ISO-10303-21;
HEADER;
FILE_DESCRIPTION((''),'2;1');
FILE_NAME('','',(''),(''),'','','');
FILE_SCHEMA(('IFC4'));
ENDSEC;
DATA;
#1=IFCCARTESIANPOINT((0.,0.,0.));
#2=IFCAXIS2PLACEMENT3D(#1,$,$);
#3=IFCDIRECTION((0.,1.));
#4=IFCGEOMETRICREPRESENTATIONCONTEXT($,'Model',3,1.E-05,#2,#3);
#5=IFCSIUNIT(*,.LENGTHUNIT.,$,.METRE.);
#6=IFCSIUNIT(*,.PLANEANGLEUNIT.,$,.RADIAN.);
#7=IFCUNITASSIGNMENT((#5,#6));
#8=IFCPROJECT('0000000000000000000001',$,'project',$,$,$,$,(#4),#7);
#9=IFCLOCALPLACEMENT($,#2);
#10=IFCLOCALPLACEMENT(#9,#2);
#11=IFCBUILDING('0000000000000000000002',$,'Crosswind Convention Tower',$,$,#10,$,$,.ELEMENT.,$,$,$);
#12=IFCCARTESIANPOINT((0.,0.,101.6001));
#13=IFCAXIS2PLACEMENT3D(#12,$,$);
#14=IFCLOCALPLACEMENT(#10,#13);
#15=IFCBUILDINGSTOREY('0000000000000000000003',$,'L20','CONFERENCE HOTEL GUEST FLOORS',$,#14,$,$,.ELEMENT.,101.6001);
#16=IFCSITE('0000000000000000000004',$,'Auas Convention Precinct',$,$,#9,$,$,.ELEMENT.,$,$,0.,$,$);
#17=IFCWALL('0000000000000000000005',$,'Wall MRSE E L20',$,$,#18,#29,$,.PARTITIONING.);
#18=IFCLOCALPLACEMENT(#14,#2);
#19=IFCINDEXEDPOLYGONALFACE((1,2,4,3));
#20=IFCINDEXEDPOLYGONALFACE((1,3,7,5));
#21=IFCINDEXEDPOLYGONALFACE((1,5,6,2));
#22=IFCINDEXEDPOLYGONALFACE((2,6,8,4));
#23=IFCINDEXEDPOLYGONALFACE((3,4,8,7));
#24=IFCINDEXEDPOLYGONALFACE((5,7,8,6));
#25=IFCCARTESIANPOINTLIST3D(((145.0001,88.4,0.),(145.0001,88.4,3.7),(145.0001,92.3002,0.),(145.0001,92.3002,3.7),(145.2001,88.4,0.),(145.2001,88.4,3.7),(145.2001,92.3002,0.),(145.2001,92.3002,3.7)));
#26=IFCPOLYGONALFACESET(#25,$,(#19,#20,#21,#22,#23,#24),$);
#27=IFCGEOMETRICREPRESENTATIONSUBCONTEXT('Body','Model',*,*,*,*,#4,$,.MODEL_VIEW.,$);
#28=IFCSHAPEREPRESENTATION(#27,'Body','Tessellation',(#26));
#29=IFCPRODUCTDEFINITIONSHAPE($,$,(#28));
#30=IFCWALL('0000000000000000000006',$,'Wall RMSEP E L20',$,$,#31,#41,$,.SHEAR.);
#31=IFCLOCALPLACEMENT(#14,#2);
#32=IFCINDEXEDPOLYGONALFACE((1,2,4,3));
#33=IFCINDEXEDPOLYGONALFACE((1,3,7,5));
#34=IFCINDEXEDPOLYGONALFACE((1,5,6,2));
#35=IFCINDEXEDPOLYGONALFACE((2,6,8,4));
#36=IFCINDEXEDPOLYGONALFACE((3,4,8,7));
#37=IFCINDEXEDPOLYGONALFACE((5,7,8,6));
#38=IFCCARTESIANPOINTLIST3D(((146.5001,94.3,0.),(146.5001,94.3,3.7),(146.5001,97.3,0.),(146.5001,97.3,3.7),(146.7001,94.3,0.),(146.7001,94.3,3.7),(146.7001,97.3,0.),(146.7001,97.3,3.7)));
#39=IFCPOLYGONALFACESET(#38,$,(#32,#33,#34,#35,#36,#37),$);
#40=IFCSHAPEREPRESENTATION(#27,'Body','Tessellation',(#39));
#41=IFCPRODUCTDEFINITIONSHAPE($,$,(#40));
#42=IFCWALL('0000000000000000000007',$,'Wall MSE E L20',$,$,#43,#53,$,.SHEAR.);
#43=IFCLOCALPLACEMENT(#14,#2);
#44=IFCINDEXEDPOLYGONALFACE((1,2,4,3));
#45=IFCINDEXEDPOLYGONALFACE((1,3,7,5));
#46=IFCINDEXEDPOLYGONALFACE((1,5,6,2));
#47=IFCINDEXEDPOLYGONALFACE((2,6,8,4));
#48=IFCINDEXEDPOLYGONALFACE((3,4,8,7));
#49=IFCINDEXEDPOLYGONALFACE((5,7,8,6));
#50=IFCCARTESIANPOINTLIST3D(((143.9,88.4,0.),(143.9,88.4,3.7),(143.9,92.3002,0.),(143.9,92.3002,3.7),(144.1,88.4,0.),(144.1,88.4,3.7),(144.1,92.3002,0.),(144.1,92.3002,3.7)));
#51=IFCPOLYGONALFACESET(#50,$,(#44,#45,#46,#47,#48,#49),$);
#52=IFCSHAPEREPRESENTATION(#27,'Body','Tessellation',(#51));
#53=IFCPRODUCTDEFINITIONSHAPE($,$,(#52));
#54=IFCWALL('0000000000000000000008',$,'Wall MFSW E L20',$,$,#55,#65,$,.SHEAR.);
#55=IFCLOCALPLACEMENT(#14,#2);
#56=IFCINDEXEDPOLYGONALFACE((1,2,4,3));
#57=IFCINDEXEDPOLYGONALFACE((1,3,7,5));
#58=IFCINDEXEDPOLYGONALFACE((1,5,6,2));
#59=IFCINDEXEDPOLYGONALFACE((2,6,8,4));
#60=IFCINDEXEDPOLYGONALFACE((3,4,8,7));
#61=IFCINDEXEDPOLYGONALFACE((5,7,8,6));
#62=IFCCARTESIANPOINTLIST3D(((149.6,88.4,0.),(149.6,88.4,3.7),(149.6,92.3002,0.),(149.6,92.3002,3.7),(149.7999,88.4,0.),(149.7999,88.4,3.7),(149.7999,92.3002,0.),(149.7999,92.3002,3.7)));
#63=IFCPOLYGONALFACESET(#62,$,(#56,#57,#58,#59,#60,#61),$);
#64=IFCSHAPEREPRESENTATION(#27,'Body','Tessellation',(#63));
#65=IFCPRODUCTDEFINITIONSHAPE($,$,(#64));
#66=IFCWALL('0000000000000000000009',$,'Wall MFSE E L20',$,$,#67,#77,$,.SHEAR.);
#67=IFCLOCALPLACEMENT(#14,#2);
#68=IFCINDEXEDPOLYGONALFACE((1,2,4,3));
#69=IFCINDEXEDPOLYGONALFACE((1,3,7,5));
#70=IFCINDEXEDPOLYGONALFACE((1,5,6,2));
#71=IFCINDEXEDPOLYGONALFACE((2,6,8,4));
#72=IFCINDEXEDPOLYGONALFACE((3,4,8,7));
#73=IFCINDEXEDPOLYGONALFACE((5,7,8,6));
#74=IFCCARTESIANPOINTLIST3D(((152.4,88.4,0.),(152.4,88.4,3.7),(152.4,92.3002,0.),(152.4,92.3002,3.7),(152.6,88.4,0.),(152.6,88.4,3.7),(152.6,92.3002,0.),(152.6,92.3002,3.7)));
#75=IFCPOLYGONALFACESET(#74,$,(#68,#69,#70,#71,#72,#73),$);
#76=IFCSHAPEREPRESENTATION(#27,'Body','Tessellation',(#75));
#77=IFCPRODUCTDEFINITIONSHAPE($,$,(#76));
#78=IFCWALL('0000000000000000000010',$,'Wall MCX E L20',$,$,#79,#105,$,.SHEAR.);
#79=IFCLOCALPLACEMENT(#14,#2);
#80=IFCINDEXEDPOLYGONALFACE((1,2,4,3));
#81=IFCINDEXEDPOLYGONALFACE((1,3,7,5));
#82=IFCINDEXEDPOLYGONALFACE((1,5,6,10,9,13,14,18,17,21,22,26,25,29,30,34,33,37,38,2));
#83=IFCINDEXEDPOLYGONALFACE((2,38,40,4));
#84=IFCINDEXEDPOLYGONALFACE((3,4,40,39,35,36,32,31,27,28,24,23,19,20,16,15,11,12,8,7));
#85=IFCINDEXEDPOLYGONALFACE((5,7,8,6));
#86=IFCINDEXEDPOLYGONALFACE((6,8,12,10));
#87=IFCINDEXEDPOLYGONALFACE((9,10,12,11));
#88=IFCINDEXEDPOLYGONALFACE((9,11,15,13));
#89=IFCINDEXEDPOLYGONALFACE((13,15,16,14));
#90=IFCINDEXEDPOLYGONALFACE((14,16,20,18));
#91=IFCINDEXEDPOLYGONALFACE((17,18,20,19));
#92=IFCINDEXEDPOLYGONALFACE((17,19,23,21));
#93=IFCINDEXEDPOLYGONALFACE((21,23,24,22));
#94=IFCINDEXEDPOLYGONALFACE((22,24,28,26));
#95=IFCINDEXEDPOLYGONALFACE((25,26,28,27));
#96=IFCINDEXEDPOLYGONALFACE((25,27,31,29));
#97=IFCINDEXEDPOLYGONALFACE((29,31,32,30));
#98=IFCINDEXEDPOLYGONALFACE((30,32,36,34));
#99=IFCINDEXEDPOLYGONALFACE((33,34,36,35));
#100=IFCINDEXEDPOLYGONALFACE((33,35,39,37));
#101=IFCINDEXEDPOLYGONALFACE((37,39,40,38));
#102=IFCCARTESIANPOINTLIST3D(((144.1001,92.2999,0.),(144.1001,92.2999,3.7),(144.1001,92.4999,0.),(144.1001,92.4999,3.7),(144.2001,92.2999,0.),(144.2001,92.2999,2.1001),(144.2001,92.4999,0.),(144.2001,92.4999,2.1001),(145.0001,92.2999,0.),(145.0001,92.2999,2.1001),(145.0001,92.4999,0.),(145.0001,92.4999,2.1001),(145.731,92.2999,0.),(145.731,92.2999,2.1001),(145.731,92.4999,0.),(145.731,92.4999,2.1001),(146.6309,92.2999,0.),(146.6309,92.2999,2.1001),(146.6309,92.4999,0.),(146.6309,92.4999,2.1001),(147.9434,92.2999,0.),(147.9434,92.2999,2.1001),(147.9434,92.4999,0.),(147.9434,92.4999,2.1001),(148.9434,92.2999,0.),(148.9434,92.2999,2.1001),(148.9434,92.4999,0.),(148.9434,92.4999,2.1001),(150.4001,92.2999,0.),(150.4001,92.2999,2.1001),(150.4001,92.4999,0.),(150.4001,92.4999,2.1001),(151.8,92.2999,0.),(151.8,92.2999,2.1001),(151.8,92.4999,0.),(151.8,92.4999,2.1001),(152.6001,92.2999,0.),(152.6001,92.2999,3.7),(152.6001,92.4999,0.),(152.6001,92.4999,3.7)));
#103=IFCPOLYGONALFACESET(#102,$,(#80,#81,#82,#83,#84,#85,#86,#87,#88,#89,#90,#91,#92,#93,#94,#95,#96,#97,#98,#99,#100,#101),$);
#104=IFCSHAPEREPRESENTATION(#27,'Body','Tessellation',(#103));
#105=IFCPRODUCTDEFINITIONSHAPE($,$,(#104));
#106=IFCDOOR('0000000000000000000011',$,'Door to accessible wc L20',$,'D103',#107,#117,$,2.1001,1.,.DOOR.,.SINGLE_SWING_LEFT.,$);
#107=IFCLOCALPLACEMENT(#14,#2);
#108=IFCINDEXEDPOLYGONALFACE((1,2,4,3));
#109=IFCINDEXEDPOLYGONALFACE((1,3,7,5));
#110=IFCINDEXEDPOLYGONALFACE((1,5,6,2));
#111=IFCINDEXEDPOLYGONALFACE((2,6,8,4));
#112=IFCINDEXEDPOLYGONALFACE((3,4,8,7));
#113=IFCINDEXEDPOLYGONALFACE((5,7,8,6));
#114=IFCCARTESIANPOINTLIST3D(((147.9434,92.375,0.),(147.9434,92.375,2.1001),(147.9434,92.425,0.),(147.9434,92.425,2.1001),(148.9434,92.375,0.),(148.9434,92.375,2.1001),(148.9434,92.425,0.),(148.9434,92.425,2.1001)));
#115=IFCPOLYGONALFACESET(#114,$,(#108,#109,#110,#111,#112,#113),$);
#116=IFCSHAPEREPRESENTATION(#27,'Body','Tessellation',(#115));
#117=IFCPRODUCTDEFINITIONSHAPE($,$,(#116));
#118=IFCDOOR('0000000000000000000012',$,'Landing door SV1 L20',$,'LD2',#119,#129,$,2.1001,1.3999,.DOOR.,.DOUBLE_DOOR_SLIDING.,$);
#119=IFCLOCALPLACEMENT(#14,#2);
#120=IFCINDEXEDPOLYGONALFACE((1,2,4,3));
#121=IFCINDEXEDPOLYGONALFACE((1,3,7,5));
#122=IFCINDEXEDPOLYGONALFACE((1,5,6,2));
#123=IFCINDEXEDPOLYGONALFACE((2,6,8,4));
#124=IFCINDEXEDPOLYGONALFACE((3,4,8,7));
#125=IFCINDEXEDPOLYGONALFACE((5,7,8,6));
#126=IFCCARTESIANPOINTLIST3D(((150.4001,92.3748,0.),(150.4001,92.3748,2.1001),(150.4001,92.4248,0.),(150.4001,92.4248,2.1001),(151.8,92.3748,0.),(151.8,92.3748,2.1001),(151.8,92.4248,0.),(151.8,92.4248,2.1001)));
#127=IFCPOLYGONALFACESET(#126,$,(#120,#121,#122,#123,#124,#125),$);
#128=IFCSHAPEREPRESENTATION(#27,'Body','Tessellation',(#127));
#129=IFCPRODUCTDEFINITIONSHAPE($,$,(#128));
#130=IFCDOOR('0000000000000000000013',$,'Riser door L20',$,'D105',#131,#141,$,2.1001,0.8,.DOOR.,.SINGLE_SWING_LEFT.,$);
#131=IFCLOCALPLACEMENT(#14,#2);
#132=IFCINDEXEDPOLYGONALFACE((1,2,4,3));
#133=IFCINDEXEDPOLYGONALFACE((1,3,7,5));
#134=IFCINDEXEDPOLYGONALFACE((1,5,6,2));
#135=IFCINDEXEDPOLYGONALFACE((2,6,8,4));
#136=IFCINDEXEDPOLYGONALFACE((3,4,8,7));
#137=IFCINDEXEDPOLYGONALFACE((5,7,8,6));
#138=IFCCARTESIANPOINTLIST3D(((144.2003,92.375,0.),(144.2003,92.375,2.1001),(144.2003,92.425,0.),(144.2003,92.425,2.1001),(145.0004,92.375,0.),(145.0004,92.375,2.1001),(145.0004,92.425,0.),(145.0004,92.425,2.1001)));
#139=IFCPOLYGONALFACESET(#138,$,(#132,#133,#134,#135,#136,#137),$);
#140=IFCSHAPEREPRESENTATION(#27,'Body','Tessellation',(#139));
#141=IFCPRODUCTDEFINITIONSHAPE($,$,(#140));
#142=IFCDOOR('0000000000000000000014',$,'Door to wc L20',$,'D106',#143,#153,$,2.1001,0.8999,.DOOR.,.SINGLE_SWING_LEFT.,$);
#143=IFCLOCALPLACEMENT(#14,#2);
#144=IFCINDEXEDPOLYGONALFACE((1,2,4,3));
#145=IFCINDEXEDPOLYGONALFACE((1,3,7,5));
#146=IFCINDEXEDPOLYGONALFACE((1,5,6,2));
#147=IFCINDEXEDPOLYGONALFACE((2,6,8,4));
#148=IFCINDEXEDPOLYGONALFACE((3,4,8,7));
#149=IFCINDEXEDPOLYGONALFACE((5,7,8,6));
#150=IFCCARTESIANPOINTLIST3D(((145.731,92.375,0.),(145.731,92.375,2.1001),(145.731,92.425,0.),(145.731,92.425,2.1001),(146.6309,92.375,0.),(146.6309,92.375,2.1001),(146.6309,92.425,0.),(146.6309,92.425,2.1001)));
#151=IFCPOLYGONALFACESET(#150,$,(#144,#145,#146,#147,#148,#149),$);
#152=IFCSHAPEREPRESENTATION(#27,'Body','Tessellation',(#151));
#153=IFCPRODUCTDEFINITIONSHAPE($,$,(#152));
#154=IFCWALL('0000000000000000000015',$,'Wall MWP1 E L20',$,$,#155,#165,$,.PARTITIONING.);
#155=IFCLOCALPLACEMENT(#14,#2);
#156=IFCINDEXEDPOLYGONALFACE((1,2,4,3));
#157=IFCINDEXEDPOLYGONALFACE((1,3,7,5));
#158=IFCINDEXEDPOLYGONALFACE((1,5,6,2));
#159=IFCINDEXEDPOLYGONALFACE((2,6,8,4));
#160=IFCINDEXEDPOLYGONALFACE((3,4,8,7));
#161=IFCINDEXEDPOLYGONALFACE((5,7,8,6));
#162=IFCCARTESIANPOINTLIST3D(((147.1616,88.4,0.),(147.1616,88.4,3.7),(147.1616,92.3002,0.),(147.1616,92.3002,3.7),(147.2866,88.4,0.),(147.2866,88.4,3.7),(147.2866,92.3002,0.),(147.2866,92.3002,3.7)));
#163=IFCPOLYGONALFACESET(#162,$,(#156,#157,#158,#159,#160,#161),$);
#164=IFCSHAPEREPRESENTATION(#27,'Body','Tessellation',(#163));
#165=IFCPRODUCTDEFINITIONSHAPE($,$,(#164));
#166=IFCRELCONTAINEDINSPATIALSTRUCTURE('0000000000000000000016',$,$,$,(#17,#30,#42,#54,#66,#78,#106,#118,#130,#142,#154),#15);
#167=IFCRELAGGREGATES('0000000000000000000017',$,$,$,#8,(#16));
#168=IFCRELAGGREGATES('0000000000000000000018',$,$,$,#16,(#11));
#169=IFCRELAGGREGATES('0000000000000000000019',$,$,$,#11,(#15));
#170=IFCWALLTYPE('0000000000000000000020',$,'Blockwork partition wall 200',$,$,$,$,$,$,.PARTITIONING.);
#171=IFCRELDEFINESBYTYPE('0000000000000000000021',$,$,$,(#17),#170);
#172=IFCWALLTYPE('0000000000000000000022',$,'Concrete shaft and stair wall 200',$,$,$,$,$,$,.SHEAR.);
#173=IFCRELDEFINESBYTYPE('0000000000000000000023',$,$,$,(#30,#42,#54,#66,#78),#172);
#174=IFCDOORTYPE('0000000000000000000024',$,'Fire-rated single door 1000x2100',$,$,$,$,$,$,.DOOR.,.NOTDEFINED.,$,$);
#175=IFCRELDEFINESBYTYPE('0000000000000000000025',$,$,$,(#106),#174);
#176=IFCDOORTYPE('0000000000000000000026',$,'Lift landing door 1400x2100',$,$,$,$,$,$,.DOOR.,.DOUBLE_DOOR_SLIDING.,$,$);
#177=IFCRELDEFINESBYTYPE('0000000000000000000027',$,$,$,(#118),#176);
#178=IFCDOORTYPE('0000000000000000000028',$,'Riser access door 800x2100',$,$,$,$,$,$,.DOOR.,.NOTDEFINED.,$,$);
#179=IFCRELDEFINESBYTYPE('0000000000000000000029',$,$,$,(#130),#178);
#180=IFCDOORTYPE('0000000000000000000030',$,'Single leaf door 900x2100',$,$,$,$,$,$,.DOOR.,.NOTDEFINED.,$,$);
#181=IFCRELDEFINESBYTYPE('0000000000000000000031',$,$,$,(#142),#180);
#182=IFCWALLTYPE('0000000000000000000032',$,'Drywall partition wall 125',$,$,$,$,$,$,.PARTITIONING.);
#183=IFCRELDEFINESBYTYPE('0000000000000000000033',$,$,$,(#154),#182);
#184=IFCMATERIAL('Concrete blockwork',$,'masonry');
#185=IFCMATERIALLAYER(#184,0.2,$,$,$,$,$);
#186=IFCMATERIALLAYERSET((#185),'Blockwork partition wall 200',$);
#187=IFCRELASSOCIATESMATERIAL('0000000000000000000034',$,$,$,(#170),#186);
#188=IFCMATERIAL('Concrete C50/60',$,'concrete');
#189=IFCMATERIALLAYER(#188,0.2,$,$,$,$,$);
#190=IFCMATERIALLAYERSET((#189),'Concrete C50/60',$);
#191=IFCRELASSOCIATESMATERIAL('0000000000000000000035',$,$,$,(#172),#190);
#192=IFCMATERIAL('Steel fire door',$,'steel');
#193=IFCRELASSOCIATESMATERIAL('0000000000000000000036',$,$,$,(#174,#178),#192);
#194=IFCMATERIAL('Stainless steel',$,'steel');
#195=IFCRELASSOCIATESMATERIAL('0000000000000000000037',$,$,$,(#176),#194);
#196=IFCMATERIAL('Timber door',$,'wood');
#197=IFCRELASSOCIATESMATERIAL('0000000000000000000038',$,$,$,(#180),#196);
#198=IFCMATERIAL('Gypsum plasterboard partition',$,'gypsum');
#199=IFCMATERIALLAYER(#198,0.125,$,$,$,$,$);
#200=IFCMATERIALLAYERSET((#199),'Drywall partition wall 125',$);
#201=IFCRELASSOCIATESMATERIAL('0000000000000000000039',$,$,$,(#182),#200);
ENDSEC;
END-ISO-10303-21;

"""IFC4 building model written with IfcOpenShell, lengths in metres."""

from ifc_helpers import new_model, si_unit, direction, frame, frame_2d, origin, place, context, subcontext, project, spatial, rectangle, extrude, material, layer, layer_set, type_object, element, fill, save


model = new_model("IFC4")

# Units and contexts
model_context = context("Model", 3, precision=1e-05, world=origin(), true_north=direction((0.0, 1.0)))
body_context = subcontext(model_context, "Body", "Model", "MODEL_VIEW")
ifc_project = project(units=[si_unit("LENGTHUNIT", "METRE"), si_unit("PLANEANGLEUNIT", "RADIAN")], contexts=[model_context])

# Site, building, storey
site_placement = place(None, origin())
site = spatial("IfcSite", under=ifc_project, at=site_placement, Name="Auas Convention Precinct", CompositionType="ELEMENT", RefElevation=0.0)
building_placement = place(site_placement, origin())
building = spatial("IfcBuilding", under=site, at=building_placement, Name="Crosswind Convention Tower", CompositionType="ELEMENT")
storey_placement = place(building_placement, frame((0.0, 0.0, 101.6001)))
storey = spatial("IfcBuildingStorey", under=building, at=storey_placement, Name="L20", Description="CONFERENCE HOTEL GUEST FLOORS", CompositionType="ELEMENT", Elevation=101.6001)

# Walls
ifc_material_1 = material(Name="Concrete blockwork", Category="masonry")
ifc_layer_1 = layer(ifc_material_1, 0.2)
ifc_layer_set_1 = layer_set([ifc_layer_1], Name="Blockwork partition wall 200")
wall_type_1 = type_object("IfcWallType", Name="Blockwork partition wall 200", PredefinedType="PARTITIONING", material=ifc_layer_set_1)
wall_1_placement = place(storey_placement, frame((145.1001, 88.3999, 0.0), z_axis=(0.0, 0.0, 1.0), x_axis=(0.0, 1.0, 0.0)))
element("IfcWall", 1, at=wall_1_placement, inside=storey, type_object=wall_type_1, Name="Wall MRSE E L20", PredefinedType="PARTITIONING", context=body_context, shape_type="SweptSolid", body=[
    extrude(rectangle(XDim=3.9001, YDim=0.2, at=frame_2d((1.9502, 0.0))), origin(), (0.0, 0.0, 1.0), 3.7),
])
ifc_material_2 = material(Name="Concrete C50/60", Category="concrete")
ifc_layer_2 = layer(ifc_material_2, 0.2)
ifc_layer_set_2 = layer_set([ifc_layer_2], Name="Concrete C50/60")
wall_type_2 = type_object("IfcWallType", Name="Concrete shaft and stair wall 200", PredefinedType="SHEAR", material=ifc_layer_set_2)
wall_2_placement = place(storey_placement, frame((146.6001, 94.3, 0.0), z_axis=(0.0, 0.0, 1.0), x_axis=(0.0, 1.0, 0.0)))
element("IfcWall", 2, at=wall_2_placement, inside=storey, type_object=wall_type_2, Name="Wall RMSEP E L20", PredefinedType="SHEAR", context=body_context, shape_type="SweptSolid", body=[
    extrude(rectangle(XDim=3.0, YDim=0.2, at=frame_2d((1.5, 0.0))), origin(), (0.0, 0.0, 1.0), 3.7),
])
for number, where, z_axis, x_axis, name in (
    (3, (144.0, 88.3999, 0.0), (0.0, 0.0, 1.0), (0.0, 1.0, 0.0), "Wall MSE E L20"),
    (4, (149.7, 88.3999, 0.0), (0.0, 0.0, 1.0), (0.0, 1.0, 0.0), "Wall MFSW E L20"),
    (5, (152.5, 88.3999, 0.0), (0.0, 0.0, 1.0), (0.0, 1.0, 0.0), "Wall MFSE E L20"),
):
    element("IfcWall", number, at=place(storey_placement, frame(where, z_axis=z_axis, x_axis=x_axis)), inside=storey, type_object=wall_type_2, Name=name, PredefinedType="SHEAR", context=body_context, shape_type="SweptSolid", body=[
        extrude(rectangle(XDim=3.9001, YDim=0.2, at=frame_2d((1.9502, 0.0))), origin(), (0.0, 0.0, 1.0), 3.7),
    ])

# Wall, openings, doors
wall_3_placement = place(storey_placement, frame((144.1001, 92.3999, 0.0), z_axis=(0.0, 0.0, 1.0), x_axis=(1.0, 0.0, 0.0)))
wall_3 = element("IfcWall", 6, at=wall_3_placement, inside=storey, type_object=wall_type_2, Name="Wall MCX E L20", PredefinedType="SHEAR", context=body_context, shape_type="SweptSolid", body=[
    extrude(rectangle(XDim=8.5, YDim=0.2, at=frame_2d((4.25, 0.0))), origin(), (0.0, 0.0, 1.0), 3.7),
])
opening_1_placement = place(wall_3_placement, frame((0.1001, 0.0, 0.0)))
opening_1 = element("IfcOpeningElement", 7, at=opening_1_placement, cuts=wall_3, PredefinedType="OPENING", context=body_context, shape_type="SweptSolid", body=[
    extrude(rectangle(XDim=0.8, YDim=2.1001, at=frame_2d((0.3999, 1.05))), frame((0.0, 0.1099, 0.0), z_axis=(0.0, -1.0, 0.0), x_axis=(1.0, 0.0, 0.0)), (0.0, 0.0, 1.0), 0.22),
])
opening_2_placement = place(wall_3_placement, frame((1.6309, 0.0, 0.0)))
opening_2 = element("IfcOpeningElement", 8, at=opening_2_placement, cuts=wall_3, PredefinedType="OPENING", context=body_context, shape_type="SweptSolid", body=[
    extrude(rectangle(XDim=0.8999, YDim=2.1001, at=frame_2d((0.45, 1.05))), frame((0.0, 0.1099, 0.0), z_axis=(0.0, -1.0, 0.0), x_axis=(1.0, 0.0, 0.0)), (0.0, 0.0, 1.0), 0.22),
])
opening_3_placement = place(wall_3_placement, frame((3.8433, 0.0, 0.0)))
opening_3 = element("IfcOpeningElement", 9, at=opening_3_placement, cuts=wall_3, PredefinedType="OPENING", context=body_context, shape_type="SweptSolid", body=[
    extrude(rectangle(XDim=1.0, YDim=2.1001, at=frame_2d((0.5, 1.05))), frame((0.0, 0.1099, 0.0), z_axis=(0.0, -1.0, 0.0), x_axis=(1.0, 0.0, 0.0)), (0.0, 0.0, 1.0), 0.22),
])
opening_4_placement = place(wall_3_placement, frame((6.3, 0.0, 0.0)))
opening_4 = element("IfcOpeningElement", 10, at=opening_4_placement, cuts=wall_3, PredefinedType="OPENING", context=body_context, shape_type="SweptSolid", body=[
    extrude(rectangle(XDim=1.3999, YDim=2.1001, at=frame_2d((0.7, 1.05))), frame((0.0, 0.1099, 0.0), z_axis=(0.0, -1.0, 0.0), x_axis=(1.0, 0.0, 0.0)), (0.0, 0.0, 1.0), 0.22),
])
ifc_material_3 = material(Name="Steel fire door", Category="steel")
door_type_1 = type_object("IfcDoorType", Name="Fire-rated single door 1000x2100", OperationType="NOTDEFINED", PredefinedType="DOOR", material=ifc_material_3)
door_1_placement = place(opening_3_placement, frame((1.0, 0.0, 0.0), z_axis=(0.0, 0.0, 1.0), x_axis=(-1.0, 0.0, 0.0)))
door_1 = element("IfcDoor", 11, at=door_1_placement, inside=storey, type_object=door_type_1, Name="Door to accessible wc L20", ObjectType="D103", OperationType="SINGLE_SWING_LEFT", OverallHeight=2.1001, OverallWidth=1.0, PredefinedType="DOOR", context=body_context, shape_type="SweptSolid", body=[
    extrude(rectangle(XDim=1.0, YDim=2.1001, at=frame_2d((0.5, 1.05))), frame((0.0, 0.0249, 0.0), z_axis=(0.0, -1.0, 0.0), x_axis=(1.0, 0.0, 0.0)), (0.0, 0.0, 1.0), 0.05),
])
fill(opening_3, door_1)
ifc_material_4 = material(Name="Stainless steel", Category="steel")
door_type_2 = type_object("IfcDoorType", Name="Lift landing door 1400x2100", OperationType="DOUBLE_DOOR_SLIDING", PredefinedType="DOOR", material=ifc_material_4)
door_2_placement = place(opening_4_placement, origin())
door_2 = element("IfcDoor", 12, at=door_2_placement, inside=storey, type_object=door_type_2, Name="Landing door SV1 L20", ObjectType="LD2", OperationType="DOUBLE_DOOR_SLIDING", OverallHeight=2.1001, OverallWidth=1.3999, PredefinedType="DOOR", context=body_context, shape_type="SweptSolid", body=[
    extrude(rectangle(XDim=1.3999, YDim=2.1001, at=frame_2d((0.7, 1.05))), frame((0.0, 0.0249, 0.0), z_axis=(0.0, -1.0, 0.0), x_axis=(1.0, 0.0, 0.0)), (0.0, 0.0, 1.0), 0.05),
])
fill(opening_4, door_2)
door_type_3 = type_object("IfcDoorType", Name="Riser access door 800x2100", OperationType="NOTDEFINED", PredefinedType="DOOR", material=ifc_material_3)
door_3_placement = place(opening_1_placement, frame((0.8, 0.0, 0.0), z_axis=(0.0, 0.0, 1.0), x_axis=(-1.0, 0.0, 0.0)))
door_3 = element("IfcDoor", 13, at=door_3_placement, inside=storey, type_object=door_type_3, Name="Riser door L20", ObjectType="D105", OperationType="SINGLE_SWING_LEFT", OverallHeight=2.1001, OverallWidth=0.8, PredefinedType="DOOR", context=body_context, shape_type="SweptSolid", body=[
    extrude(rectangle(XDim=0.8, YDim=2.1001, at=frame_2d((0.3999, 1.05))), frame((0.0, 0.0249, 0.0), z_axis=(0.0, -1.0, 0.0), x_axis=(1.0, 0.0, 0.0)), (0.0, 0.0, 1.0), 0.05),
])
fill(opening_1, door_3)
ifc_material_5 = material(Name="Timber door", Category="wood")
door_type_4 = type_object("IfcDoorType", Name="Single leaf door 900x2100", OperationType="NOTDEFINED", PredefinedType="DOOR", material=ifc_material_5)
door_4_placement = place(opening_2_placement, frame((0.8999, 0.0, 0.0), z_axis=(0.0, 0.0, 1.0), x_axis=(-1.0, 0.0, 0.0)))
door_4 = element("IfcDoor", 14, at=door_4_placement, inside=storey, type_object=door_type_4, Name="Door to wc L20", ObjectType="D106", OperationType="SINGLE_SWING_LEFT", OverallHeight=2.1001, OverallWidth=0.8999, PredefinedType="DOOR", context=body_context, shape_type="SweptSolid", body=[
    extrude(rectangle(XDim=0.8999, YDim=2.1001, at=frame_2d((0.45, 1.05))), frame((0.0, 0.0249, 0.0), z_axis=(0.0, -1.0, 0.0), x_axis=(1.0, 0.0, 0.0)), (0.0, 0.0, 1.0), 0.05),
])
fill(opening_2, door_4)

# Wall
ifc_material_6 = material(Name="Gypsum plasterboard partition", Category="gypsum")
ifc_layer_3 = layer(ifc_material_6, 0.125)
ifc_layer_set_3 = layer_set([ifc_layer_3], Name="Drywall partition wall 125")
wall_type_3 = type_object("IfcWallType", Name="Drywall partition wall 125", PredefinedType="PARTITIONING", material=ifc_layer_set_3)
wall_4_placement = place(storey_placement, frame((147.2241, 88.3999, 0.0), z_axis=(0.0, 0.0, 1.0), x_axis=(0.0, 1.0, 0.0)))
element("IfcWall", 15, at=wall_4_placement, inside=storey, type_object=wall_type_3, Name="Wall MWP1 E L20", PredefinedType="PARTITIONING", context=body_context, shape_type="SweptSolid", body=[
    extrude(rectangle(XDim=3.9001, YDim=0.125, at=frame_2d((1.9502, 0.0))), origin(), (0.0, 0.0, 1.0), 3.7),
])

save(model, "model.ifc")
